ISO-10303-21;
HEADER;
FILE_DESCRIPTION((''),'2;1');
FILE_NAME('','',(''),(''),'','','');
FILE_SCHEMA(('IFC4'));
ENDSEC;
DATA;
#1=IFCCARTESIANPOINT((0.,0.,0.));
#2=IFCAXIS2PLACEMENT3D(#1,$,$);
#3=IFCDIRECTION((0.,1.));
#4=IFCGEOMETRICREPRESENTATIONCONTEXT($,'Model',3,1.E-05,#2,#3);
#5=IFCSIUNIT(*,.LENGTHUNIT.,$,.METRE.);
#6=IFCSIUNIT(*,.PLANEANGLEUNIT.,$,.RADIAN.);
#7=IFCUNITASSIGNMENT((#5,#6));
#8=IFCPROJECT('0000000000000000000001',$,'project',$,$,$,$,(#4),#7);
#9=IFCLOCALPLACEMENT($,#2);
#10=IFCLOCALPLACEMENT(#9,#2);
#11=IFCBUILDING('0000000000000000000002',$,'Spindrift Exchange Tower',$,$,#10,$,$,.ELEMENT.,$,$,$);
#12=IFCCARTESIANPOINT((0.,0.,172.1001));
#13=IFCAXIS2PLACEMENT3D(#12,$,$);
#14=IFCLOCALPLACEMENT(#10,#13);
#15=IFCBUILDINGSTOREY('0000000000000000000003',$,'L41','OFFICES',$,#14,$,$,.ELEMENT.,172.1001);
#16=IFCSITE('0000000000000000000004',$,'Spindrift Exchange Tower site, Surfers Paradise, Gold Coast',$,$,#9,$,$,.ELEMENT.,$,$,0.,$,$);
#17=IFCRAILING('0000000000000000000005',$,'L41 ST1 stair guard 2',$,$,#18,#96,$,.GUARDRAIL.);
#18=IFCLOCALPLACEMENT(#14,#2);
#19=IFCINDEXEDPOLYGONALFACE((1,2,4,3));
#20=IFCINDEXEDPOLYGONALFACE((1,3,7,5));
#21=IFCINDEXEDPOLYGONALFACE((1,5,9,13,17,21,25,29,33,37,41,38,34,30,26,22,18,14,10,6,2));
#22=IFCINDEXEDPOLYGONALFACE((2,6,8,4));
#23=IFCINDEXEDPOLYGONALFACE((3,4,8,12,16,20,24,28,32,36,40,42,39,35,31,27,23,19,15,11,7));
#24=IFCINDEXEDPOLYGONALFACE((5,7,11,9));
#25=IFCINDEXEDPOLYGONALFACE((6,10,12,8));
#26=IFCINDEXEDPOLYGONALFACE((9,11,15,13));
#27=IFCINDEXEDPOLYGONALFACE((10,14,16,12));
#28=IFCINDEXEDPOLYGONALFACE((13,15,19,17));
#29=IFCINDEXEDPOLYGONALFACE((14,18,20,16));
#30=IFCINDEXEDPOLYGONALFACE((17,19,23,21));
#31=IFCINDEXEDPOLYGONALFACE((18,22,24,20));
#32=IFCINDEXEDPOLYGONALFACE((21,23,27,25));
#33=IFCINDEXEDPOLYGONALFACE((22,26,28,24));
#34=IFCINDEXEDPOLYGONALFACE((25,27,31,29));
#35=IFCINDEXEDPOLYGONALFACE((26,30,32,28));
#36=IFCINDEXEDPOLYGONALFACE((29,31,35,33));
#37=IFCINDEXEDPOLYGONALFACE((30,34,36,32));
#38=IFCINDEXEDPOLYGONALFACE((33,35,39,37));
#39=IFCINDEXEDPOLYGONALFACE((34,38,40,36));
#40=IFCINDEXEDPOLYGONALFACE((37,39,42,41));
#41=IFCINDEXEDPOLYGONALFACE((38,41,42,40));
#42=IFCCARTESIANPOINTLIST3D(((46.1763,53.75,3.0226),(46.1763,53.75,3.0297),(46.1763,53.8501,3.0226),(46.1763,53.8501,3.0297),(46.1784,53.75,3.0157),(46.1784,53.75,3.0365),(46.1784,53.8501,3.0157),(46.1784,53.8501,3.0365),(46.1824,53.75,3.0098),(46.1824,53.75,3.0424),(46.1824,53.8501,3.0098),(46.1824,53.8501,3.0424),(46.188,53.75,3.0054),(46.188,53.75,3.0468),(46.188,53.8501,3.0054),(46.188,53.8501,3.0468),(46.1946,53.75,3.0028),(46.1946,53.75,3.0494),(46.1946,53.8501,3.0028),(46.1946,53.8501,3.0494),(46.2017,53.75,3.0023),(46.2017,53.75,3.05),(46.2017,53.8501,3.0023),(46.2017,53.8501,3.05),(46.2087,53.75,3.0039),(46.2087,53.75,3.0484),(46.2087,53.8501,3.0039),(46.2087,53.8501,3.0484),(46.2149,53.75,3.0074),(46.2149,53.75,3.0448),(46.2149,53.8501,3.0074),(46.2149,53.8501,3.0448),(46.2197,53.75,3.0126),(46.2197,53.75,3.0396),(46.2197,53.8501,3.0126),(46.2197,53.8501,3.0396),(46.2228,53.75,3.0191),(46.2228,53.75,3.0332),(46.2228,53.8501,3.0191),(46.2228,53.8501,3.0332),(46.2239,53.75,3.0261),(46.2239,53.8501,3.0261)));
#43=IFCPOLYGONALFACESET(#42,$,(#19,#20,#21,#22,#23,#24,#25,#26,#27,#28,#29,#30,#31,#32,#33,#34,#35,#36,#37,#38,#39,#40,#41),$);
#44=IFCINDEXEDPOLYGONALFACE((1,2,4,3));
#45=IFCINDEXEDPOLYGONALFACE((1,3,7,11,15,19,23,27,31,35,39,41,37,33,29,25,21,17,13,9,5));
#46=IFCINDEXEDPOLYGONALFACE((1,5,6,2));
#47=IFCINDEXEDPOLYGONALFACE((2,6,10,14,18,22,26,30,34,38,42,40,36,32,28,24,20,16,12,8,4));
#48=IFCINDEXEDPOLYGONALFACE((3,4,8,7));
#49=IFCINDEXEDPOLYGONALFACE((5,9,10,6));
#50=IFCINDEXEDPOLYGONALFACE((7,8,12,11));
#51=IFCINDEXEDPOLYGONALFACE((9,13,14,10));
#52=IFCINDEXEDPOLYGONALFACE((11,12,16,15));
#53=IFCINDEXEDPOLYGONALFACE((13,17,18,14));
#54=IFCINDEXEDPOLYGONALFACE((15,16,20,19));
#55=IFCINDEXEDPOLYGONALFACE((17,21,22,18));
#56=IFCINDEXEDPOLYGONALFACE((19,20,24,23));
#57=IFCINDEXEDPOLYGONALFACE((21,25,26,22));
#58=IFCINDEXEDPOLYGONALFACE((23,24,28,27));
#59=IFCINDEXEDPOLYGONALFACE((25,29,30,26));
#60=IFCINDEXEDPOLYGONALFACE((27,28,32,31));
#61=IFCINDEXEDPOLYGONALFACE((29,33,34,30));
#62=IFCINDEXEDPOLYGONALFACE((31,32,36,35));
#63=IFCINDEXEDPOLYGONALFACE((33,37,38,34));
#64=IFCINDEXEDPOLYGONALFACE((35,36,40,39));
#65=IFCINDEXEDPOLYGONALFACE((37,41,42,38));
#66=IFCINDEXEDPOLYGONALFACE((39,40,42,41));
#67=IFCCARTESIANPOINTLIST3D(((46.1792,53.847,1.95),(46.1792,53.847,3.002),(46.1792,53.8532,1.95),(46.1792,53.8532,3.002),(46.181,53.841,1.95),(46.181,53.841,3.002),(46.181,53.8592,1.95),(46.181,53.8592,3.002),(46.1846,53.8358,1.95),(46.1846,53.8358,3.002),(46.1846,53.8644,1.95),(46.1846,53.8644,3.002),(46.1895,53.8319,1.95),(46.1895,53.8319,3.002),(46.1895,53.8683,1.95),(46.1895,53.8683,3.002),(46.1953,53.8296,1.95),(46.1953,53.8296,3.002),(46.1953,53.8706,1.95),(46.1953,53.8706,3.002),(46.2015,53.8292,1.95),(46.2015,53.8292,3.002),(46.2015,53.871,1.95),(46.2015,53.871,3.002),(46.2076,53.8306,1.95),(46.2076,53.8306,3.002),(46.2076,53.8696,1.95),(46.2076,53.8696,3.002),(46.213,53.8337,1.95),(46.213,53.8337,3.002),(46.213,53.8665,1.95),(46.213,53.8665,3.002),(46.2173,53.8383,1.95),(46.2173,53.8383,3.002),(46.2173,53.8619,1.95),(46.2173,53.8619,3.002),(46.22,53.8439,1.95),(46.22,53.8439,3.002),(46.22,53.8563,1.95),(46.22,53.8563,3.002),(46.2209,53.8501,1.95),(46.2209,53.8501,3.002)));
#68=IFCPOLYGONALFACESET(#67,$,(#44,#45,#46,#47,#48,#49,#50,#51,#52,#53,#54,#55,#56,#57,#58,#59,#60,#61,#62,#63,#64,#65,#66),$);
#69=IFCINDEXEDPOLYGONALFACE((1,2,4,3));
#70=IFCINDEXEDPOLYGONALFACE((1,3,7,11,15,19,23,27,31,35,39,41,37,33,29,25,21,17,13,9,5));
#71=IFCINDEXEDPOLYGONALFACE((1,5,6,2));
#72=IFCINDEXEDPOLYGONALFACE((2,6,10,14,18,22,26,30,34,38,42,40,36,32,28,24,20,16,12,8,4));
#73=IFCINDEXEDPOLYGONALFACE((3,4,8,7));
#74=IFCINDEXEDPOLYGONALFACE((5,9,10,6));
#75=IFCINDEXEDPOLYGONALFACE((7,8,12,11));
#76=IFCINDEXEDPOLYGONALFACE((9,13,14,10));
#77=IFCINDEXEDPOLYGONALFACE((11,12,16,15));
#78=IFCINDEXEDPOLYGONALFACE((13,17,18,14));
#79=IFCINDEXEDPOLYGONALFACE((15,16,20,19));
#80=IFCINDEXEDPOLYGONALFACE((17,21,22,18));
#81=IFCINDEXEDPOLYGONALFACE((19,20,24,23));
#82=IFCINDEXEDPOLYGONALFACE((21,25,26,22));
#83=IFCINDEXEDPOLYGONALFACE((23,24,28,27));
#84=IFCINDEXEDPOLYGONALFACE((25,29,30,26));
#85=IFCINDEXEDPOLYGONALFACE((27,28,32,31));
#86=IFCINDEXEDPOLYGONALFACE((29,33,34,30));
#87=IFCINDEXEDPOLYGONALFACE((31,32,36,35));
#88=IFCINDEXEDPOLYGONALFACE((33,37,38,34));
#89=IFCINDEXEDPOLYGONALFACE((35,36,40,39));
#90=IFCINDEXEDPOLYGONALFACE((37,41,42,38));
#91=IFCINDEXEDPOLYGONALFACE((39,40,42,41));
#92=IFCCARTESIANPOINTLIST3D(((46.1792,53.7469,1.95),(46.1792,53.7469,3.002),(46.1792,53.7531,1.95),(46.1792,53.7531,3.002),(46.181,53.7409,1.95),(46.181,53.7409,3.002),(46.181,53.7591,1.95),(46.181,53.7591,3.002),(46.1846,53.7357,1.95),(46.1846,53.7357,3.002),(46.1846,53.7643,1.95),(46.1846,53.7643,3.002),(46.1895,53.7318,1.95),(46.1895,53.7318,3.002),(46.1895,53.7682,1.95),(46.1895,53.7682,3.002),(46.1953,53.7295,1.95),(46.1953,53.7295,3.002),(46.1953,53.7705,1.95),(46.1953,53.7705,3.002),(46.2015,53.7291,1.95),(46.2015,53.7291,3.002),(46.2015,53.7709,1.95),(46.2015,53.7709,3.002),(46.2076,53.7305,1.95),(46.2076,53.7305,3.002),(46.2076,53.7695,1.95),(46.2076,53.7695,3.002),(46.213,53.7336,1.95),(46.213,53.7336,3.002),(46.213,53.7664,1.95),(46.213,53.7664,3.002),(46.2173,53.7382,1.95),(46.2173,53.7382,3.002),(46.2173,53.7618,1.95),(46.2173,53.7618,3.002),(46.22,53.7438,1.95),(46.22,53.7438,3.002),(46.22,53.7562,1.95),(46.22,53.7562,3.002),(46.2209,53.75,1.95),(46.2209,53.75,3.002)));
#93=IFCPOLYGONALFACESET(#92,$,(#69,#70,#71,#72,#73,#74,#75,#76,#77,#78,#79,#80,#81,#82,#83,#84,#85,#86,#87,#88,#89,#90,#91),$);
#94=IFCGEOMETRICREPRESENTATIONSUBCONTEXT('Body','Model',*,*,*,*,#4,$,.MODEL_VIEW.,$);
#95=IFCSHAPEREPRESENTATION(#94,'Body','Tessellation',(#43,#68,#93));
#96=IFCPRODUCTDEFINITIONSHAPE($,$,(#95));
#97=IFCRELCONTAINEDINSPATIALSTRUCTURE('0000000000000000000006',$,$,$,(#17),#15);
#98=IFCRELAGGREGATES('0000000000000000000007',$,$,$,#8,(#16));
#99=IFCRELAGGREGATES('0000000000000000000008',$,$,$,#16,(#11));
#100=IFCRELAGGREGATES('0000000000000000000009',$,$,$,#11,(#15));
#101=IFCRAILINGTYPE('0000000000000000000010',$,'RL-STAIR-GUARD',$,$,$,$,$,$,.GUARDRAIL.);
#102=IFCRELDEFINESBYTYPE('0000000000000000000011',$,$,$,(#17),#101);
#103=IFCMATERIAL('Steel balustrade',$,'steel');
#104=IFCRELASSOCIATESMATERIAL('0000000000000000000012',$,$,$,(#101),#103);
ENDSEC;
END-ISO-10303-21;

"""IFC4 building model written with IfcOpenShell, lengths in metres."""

from ifc_helpers import new_model, si_unit, direction, frame, origin, origin_2d, place, context, subcontext, project, spatial, circle, extrude, material, type_object, element, save


model = new_model("IFC4")

# Units and contexts
model_context = context("Model", 3, precision=1e-05, world=origin(), true_north=direction((0.0, 1.0)))
body_context = subcontext(model_context, "Body", "Model", "MODEL_VIEW")
ifc_project = project(units=[si_unit("LENGTHUNIT", "METRE"), si_unit("PLANEANGLEUNIT", "RADIAN")], contexts=[model_context])

# Site, building, storey
site_placement = place(None, origin())
site = spatial("IfcSite", under=ifc_project, at=site_placement, Name="Spindrift Exchange Tower site, Surfers Paradise, Gold Coast", CompositionType="ELEMENT", RefElevation=0.0)
building_placement = place(site_placement, origin())
building = spatial("IfcBuilding", under=site, at=building_placement, Name="Spindrift Exchange Tower", CompositionType="ELEMENT")
storey_placement = place(building_placement, frame((0.0, 0.0, 172.1001)))
storey = spatial("IfcBuildingStorey", under=building, at=storey_placement, Name="L41", Description="OFFICES", CompositionType="ELEMENT", Elevation=172.1001)

# Railing
ifc_material_1 = material(Name="Steel balustrade", Category="steel")
railing_type_1 = type_object("IfcRailingType", Name="RL-STAIR-GUARD", PredefinedType="GUARDRAIL", material=ifc_material_1)
railing_1_placement = place(storey_placement, frame((46.2, 53.8501, 1.95)))
element("IfcRailing", 1, at=railing_1_placement, inside=storey, type_object=railing_type_1, Name="L41 ST1 stair guard 2", PredefinedType="GUARDRAIL", context=body_context, shape_type="SweptSolid", body=[
    extrude(circle(Radius=0.0239, at=origin_2d()), frame((0.0, 0.0, 1.0762), z_axis=(0.0, -1.0, 0.0), x_axis=(1.0, 0.0, 0.0)), (0.0, 0.0, 1.0), 0.1001),
    extrude(circle(Radius=0.021, at=origin_2d()), origin(), (0.0, 0.0, 1.0), 1.052),
    extrude(circle(Radius=0.021, at=origin_2d()), frame((0.0, -0.1001, 0.0)), (0.0, 0.0, 1.0), 1.052),
])

save(model, "model.ifc")
